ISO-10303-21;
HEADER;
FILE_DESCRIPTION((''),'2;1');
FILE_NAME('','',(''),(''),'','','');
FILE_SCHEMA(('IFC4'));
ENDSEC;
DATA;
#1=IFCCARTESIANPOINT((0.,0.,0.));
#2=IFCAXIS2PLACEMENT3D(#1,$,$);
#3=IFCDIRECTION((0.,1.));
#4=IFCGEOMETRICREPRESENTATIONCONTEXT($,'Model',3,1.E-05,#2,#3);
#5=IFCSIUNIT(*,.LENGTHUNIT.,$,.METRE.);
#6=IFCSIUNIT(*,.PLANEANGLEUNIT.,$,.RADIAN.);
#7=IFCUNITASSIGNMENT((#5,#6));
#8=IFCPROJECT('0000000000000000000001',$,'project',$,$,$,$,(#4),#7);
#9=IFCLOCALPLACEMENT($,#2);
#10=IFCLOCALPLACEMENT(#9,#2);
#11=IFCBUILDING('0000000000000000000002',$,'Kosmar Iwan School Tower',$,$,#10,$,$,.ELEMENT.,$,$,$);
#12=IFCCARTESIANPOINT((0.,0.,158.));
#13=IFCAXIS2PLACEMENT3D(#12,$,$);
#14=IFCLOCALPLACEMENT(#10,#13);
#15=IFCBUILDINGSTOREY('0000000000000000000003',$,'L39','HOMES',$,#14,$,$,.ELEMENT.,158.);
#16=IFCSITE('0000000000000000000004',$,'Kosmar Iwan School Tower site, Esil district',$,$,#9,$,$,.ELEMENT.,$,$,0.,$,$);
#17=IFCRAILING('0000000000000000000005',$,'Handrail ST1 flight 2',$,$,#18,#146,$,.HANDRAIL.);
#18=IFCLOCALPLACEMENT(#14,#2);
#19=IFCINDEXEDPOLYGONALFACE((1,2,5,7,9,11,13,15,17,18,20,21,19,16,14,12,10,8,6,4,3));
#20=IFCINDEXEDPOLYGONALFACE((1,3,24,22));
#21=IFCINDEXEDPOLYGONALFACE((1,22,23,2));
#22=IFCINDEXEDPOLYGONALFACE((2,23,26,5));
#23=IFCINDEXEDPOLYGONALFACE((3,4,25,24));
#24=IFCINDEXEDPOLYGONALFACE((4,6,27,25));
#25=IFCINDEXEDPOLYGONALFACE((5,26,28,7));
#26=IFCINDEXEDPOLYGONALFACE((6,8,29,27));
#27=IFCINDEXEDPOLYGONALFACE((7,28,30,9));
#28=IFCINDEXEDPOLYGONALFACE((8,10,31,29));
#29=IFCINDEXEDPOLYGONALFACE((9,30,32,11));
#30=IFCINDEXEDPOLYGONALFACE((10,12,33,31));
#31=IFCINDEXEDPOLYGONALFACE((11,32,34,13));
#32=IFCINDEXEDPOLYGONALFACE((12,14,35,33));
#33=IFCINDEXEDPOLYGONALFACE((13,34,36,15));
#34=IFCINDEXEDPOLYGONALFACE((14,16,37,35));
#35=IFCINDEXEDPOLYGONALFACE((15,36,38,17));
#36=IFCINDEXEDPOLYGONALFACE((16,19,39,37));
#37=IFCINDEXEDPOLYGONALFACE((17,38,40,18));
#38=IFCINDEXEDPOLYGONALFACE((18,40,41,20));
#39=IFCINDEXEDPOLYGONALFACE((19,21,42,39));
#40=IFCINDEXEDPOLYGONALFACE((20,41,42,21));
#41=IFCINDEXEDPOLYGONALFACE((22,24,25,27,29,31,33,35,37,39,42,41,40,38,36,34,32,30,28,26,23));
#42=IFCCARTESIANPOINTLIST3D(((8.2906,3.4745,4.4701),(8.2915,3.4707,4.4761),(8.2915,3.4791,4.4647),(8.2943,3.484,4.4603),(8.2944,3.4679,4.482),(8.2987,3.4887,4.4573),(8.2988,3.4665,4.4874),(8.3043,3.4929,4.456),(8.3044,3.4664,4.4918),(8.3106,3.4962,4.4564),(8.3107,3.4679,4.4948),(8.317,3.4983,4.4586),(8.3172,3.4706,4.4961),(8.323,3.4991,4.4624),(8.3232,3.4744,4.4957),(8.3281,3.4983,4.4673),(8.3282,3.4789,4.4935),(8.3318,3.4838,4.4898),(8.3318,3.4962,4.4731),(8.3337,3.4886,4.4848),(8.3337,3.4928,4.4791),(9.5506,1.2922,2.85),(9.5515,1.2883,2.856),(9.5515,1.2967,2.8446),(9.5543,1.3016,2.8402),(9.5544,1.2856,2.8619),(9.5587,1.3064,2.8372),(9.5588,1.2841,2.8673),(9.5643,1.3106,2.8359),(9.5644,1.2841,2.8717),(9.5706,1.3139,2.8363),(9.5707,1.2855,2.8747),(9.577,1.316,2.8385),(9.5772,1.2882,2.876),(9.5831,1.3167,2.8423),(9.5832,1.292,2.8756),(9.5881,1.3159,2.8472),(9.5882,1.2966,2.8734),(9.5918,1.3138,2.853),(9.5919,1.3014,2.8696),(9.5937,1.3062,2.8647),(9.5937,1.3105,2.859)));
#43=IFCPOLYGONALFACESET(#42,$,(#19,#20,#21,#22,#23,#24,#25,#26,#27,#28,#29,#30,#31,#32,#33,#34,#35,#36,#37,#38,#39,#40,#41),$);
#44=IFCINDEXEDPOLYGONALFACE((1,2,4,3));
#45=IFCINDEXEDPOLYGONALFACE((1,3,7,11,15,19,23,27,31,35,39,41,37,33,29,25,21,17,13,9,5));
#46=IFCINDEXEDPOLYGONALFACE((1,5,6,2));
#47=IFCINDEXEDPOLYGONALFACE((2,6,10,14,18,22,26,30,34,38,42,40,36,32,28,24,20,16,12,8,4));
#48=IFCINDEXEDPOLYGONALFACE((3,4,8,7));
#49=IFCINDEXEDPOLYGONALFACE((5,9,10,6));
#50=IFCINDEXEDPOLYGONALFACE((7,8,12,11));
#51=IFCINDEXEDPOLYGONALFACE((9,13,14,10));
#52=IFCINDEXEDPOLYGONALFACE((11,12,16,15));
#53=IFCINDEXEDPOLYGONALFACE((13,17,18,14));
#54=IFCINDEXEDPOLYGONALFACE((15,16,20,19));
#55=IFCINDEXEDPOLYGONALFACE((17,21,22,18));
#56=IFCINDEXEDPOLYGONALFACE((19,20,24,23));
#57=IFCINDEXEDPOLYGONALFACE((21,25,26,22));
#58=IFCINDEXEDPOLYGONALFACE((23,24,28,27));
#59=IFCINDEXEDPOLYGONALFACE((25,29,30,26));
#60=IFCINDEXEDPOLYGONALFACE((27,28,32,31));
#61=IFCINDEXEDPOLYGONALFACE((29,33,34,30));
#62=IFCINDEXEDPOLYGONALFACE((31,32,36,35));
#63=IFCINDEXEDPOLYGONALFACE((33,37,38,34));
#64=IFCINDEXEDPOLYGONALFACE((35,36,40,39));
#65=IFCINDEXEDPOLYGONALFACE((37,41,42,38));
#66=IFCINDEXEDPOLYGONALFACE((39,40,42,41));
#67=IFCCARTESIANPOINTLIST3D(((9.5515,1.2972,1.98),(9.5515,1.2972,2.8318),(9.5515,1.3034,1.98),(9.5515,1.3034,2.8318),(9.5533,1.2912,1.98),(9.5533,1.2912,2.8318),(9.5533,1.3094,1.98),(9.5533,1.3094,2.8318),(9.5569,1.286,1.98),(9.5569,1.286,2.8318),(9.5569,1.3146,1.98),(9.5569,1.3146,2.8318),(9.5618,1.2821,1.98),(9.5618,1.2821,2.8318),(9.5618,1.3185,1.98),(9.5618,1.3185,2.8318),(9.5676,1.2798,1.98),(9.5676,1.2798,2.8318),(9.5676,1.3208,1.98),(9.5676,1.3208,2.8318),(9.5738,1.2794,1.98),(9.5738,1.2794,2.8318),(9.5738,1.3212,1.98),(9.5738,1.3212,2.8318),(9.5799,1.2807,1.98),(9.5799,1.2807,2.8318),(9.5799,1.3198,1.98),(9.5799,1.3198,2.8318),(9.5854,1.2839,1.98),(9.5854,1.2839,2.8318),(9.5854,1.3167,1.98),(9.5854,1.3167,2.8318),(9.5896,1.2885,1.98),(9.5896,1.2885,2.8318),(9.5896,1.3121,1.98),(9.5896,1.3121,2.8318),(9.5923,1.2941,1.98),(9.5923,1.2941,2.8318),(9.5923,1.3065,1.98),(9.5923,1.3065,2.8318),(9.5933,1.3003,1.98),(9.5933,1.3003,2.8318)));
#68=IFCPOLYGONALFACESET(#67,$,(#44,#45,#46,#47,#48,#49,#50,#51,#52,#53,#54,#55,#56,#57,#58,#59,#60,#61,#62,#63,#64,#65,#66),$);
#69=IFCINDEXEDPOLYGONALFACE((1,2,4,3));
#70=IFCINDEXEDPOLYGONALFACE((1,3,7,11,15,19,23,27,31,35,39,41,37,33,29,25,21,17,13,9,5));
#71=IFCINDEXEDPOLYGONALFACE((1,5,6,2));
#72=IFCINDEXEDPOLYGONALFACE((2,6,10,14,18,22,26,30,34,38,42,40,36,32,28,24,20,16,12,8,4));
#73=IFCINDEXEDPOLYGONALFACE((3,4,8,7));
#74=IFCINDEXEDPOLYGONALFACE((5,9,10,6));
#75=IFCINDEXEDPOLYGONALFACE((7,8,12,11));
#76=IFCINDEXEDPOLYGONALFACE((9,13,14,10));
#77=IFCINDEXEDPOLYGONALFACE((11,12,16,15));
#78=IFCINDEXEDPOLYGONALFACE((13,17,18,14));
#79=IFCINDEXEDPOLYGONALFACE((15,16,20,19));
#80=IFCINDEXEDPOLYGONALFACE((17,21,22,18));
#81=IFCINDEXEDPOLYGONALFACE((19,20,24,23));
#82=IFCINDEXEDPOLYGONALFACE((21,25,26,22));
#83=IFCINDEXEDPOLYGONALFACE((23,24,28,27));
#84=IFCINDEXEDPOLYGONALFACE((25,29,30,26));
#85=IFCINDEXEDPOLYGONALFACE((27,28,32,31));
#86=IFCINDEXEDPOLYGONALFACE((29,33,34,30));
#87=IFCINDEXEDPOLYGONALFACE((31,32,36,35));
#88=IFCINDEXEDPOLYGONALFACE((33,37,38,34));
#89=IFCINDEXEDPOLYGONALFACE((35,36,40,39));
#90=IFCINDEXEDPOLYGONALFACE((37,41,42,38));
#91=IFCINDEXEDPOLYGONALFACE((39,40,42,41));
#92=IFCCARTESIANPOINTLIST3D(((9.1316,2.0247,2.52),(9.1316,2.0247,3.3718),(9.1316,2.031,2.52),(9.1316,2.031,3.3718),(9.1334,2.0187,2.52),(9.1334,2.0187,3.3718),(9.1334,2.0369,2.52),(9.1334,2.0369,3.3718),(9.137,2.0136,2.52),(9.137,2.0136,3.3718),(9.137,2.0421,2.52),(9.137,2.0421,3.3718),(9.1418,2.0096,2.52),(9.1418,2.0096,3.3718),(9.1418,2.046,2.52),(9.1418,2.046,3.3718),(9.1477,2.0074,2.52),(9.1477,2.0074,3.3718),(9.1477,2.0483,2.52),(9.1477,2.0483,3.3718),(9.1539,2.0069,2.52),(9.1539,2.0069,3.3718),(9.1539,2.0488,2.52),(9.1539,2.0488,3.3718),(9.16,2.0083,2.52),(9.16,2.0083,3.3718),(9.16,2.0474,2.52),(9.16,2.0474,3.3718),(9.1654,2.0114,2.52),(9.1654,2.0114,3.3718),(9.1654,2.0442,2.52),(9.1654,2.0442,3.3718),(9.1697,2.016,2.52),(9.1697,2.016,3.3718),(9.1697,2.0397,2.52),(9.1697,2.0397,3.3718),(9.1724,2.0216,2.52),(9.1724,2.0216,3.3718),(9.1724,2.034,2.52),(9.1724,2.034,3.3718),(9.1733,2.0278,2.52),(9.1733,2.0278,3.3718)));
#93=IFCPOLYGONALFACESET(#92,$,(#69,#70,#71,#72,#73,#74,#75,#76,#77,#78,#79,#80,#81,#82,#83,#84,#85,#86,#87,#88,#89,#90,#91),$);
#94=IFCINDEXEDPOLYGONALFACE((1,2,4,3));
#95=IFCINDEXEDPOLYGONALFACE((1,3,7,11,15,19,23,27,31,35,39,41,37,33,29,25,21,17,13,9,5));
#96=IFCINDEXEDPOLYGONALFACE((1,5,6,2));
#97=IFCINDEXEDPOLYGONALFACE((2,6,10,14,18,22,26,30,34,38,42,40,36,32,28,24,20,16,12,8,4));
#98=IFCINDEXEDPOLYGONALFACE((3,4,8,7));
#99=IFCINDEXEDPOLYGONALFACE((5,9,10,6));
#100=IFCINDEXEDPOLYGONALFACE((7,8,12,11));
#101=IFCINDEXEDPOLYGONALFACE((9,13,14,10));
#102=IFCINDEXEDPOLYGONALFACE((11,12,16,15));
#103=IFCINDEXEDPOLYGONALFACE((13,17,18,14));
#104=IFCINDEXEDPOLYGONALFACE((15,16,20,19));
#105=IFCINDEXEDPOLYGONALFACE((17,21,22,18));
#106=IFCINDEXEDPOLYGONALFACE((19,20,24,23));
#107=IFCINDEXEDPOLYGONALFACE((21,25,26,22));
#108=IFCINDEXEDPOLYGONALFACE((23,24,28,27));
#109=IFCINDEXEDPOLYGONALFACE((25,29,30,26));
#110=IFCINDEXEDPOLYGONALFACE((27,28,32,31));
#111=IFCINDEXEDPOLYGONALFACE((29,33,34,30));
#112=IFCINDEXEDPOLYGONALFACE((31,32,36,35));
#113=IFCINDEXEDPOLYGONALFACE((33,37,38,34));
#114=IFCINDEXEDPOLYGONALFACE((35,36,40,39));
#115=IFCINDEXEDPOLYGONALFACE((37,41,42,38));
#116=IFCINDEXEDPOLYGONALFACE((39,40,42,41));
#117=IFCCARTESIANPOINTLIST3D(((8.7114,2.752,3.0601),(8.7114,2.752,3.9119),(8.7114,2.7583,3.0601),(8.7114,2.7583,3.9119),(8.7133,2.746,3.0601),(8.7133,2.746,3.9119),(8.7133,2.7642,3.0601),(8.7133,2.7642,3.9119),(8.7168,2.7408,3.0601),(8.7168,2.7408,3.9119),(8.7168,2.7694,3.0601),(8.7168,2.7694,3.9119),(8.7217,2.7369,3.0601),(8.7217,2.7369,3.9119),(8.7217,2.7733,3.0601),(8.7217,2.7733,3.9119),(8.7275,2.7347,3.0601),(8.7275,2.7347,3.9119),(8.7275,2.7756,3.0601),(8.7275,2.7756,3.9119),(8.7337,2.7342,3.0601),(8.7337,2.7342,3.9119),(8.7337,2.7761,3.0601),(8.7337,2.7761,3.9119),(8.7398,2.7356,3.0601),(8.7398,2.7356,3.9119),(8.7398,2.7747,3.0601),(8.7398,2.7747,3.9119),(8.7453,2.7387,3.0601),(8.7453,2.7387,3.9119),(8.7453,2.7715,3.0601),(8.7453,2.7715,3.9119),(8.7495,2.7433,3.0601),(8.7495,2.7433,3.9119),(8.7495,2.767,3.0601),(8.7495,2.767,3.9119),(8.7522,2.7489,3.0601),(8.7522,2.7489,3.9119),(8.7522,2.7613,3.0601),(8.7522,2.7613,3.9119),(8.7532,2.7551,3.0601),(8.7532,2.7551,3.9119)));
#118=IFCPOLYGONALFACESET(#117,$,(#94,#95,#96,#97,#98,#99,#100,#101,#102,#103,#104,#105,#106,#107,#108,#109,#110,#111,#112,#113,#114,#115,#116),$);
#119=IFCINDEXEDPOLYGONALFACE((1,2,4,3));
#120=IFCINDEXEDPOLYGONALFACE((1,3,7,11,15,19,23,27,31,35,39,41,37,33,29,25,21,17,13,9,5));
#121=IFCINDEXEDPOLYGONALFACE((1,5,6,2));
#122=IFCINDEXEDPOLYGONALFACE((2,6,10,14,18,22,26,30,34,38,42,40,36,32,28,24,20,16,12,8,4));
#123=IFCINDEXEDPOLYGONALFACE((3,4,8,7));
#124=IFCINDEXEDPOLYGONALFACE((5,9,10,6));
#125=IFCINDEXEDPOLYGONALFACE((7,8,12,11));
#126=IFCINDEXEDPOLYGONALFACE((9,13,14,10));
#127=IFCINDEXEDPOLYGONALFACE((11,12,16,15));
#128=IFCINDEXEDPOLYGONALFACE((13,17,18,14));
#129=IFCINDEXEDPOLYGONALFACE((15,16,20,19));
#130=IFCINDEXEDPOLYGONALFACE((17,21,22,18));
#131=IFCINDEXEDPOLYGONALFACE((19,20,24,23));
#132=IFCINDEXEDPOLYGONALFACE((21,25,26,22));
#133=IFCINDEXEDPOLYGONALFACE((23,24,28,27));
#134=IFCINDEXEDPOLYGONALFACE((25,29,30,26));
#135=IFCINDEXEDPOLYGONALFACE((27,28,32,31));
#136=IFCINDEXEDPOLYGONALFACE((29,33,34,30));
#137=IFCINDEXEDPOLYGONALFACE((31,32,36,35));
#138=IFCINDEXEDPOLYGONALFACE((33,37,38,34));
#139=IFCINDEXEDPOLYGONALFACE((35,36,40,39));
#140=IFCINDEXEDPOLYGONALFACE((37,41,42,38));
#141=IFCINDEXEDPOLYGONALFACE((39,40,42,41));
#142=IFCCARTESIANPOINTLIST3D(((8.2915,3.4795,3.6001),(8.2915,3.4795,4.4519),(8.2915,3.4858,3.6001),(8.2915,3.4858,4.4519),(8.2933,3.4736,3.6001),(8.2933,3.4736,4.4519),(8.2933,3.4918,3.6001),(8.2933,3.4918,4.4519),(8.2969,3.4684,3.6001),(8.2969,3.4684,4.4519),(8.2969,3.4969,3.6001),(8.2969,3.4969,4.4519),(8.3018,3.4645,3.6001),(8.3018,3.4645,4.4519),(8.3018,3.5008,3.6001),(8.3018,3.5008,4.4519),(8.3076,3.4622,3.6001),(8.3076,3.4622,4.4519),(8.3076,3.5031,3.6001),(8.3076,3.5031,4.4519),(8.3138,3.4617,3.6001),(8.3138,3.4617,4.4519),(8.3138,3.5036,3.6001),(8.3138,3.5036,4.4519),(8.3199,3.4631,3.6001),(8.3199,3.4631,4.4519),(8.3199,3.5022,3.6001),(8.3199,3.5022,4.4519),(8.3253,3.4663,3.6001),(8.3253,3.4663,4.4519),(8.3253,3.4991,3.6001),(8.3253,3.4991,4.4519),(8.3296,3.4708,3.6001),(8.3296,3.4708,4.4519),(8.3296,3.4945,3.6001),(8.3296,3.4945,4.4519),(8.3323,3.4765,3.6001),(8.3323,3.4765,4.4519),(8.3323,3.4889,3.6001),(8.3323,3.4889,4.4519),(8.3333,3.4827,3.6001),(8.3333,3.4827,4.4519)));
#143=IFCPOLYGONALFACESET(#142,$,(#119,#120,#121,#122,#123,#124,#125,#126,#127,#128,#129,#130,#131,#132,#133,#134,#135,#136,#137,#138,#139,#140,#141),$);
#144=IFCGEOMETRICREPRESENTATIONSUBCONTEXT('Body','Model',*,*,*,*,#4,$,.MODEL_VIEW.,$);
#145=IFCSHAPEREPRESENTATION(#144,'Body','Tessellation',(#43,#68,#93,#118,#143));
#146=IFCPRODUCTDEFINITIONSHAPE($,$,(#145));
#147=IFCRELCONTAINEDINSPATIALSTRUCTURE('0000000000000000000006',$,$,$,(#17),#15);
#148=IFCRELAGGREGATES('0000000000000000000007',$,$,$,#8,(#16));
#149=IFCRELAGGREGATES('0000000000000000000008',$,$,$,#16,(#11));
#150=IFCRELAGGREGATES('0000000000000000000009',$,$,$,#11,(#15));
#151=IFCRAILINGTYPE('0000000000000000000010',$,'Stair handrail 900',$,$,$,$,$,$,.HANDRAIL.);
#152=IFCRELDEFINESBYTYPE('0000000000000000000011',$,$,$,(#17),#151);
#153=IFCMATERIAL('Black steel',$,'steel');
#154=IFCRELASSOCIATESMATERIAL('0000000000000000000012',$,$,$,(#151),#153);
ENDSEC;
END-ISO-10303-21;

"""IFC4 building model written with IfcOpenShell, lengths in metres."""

from ifc_helpers import new_model, si_unit, direction, frame, origin, origin_2d, place, context, subcontext, project, spatial, circle, extrude, material, type_object, element, save


model = new_model("IFC4")

# Units and contexts
model_context = context("Model", 3, precision=1e-05, world=origin(), true_north=direction((0.0, 1.0)))
body_context = subcontext(model_context, "Body", "Model", "MODEL_VIEW")
ifc_project = project(units=[si_unit("LENGTHUNIT", "METRE"), si_unit("PLANEANGLEUNIT", "RADIAN")], contexts=[model_context])

# Site, building, storey
site_placement = place(None, origin())
site = spatial("IfcSite", under=ifc_project, at=site_placement, Name="Kosmar Iwan School Tower site, Esil district", CompositionType="ELEMENT", RefElevation=0.0)
building_placement = place(site_placement, origin())
building = spatial("IfcBuilding", under=site, at=building_placement, Name="Kosmar Iwan School Tower", CompositionType="ELEMENT")
storey_placement = place(building_placement, frame((0.0, 0.0, 158.0)))
storey = spatial("IfcBuildingStorey", under=building, at=storey_placement, Name="L39", Description="HOMES", CompositionType="ELEMENT", Elevation=158.0)

# Railing
ifc_material_1 = material(Name="Black steel", Category="steel")
railing_type = type_object("IfcRailingType", Name="Stair handrail 900", PredefinedType="HANDRAIL", material=ifc_material_1)
railing_placement = place(storey_placement, frame((9.5723, 1.3003, 1.98)))
element("IfcRailing", 1, at=railing_placement, inside=storey, type_object=railing_type, Name="Handrail ST1 flight 2", PredefinedType="HANDRAIL", context=body_context, shape_type="SweptSolid", body=[
    extrude(circle(Radius=0.0239, at=origin_2d()), frame((0.0, 0.0, 0.876), z_axis=(-0.420584, 0.728464, 0.540786), x_axis=(-0.866023, -0.500005, 0.0)), (0.0, 0.0, 1.0), 2.9958),
    extrude(circle(Radius=0.021, at=origin_2d()), origin(), (0.0, 0.0, 1.0), 0.8518),
    extrude(circle(Radius=0.021, at=origin_2d()), frame((-0.4199, 0.7275, 0.54)), (0.0, 0.0, 1.0), 0.8518),
    extrude(circle(Radius=0.021, at=origin_2d()), frame((-0.8401, 1.4548, 1.0801)), (0.0, 0.0, 1.0), 0.8518),
    extrude(circle(Radius=0.021, at=origin_2d()), frame((-1.26, 2.1824, 1.6201)), (0.0, 0.0, 1.0), 0.8518),
])

save(model, "model.ifc")
